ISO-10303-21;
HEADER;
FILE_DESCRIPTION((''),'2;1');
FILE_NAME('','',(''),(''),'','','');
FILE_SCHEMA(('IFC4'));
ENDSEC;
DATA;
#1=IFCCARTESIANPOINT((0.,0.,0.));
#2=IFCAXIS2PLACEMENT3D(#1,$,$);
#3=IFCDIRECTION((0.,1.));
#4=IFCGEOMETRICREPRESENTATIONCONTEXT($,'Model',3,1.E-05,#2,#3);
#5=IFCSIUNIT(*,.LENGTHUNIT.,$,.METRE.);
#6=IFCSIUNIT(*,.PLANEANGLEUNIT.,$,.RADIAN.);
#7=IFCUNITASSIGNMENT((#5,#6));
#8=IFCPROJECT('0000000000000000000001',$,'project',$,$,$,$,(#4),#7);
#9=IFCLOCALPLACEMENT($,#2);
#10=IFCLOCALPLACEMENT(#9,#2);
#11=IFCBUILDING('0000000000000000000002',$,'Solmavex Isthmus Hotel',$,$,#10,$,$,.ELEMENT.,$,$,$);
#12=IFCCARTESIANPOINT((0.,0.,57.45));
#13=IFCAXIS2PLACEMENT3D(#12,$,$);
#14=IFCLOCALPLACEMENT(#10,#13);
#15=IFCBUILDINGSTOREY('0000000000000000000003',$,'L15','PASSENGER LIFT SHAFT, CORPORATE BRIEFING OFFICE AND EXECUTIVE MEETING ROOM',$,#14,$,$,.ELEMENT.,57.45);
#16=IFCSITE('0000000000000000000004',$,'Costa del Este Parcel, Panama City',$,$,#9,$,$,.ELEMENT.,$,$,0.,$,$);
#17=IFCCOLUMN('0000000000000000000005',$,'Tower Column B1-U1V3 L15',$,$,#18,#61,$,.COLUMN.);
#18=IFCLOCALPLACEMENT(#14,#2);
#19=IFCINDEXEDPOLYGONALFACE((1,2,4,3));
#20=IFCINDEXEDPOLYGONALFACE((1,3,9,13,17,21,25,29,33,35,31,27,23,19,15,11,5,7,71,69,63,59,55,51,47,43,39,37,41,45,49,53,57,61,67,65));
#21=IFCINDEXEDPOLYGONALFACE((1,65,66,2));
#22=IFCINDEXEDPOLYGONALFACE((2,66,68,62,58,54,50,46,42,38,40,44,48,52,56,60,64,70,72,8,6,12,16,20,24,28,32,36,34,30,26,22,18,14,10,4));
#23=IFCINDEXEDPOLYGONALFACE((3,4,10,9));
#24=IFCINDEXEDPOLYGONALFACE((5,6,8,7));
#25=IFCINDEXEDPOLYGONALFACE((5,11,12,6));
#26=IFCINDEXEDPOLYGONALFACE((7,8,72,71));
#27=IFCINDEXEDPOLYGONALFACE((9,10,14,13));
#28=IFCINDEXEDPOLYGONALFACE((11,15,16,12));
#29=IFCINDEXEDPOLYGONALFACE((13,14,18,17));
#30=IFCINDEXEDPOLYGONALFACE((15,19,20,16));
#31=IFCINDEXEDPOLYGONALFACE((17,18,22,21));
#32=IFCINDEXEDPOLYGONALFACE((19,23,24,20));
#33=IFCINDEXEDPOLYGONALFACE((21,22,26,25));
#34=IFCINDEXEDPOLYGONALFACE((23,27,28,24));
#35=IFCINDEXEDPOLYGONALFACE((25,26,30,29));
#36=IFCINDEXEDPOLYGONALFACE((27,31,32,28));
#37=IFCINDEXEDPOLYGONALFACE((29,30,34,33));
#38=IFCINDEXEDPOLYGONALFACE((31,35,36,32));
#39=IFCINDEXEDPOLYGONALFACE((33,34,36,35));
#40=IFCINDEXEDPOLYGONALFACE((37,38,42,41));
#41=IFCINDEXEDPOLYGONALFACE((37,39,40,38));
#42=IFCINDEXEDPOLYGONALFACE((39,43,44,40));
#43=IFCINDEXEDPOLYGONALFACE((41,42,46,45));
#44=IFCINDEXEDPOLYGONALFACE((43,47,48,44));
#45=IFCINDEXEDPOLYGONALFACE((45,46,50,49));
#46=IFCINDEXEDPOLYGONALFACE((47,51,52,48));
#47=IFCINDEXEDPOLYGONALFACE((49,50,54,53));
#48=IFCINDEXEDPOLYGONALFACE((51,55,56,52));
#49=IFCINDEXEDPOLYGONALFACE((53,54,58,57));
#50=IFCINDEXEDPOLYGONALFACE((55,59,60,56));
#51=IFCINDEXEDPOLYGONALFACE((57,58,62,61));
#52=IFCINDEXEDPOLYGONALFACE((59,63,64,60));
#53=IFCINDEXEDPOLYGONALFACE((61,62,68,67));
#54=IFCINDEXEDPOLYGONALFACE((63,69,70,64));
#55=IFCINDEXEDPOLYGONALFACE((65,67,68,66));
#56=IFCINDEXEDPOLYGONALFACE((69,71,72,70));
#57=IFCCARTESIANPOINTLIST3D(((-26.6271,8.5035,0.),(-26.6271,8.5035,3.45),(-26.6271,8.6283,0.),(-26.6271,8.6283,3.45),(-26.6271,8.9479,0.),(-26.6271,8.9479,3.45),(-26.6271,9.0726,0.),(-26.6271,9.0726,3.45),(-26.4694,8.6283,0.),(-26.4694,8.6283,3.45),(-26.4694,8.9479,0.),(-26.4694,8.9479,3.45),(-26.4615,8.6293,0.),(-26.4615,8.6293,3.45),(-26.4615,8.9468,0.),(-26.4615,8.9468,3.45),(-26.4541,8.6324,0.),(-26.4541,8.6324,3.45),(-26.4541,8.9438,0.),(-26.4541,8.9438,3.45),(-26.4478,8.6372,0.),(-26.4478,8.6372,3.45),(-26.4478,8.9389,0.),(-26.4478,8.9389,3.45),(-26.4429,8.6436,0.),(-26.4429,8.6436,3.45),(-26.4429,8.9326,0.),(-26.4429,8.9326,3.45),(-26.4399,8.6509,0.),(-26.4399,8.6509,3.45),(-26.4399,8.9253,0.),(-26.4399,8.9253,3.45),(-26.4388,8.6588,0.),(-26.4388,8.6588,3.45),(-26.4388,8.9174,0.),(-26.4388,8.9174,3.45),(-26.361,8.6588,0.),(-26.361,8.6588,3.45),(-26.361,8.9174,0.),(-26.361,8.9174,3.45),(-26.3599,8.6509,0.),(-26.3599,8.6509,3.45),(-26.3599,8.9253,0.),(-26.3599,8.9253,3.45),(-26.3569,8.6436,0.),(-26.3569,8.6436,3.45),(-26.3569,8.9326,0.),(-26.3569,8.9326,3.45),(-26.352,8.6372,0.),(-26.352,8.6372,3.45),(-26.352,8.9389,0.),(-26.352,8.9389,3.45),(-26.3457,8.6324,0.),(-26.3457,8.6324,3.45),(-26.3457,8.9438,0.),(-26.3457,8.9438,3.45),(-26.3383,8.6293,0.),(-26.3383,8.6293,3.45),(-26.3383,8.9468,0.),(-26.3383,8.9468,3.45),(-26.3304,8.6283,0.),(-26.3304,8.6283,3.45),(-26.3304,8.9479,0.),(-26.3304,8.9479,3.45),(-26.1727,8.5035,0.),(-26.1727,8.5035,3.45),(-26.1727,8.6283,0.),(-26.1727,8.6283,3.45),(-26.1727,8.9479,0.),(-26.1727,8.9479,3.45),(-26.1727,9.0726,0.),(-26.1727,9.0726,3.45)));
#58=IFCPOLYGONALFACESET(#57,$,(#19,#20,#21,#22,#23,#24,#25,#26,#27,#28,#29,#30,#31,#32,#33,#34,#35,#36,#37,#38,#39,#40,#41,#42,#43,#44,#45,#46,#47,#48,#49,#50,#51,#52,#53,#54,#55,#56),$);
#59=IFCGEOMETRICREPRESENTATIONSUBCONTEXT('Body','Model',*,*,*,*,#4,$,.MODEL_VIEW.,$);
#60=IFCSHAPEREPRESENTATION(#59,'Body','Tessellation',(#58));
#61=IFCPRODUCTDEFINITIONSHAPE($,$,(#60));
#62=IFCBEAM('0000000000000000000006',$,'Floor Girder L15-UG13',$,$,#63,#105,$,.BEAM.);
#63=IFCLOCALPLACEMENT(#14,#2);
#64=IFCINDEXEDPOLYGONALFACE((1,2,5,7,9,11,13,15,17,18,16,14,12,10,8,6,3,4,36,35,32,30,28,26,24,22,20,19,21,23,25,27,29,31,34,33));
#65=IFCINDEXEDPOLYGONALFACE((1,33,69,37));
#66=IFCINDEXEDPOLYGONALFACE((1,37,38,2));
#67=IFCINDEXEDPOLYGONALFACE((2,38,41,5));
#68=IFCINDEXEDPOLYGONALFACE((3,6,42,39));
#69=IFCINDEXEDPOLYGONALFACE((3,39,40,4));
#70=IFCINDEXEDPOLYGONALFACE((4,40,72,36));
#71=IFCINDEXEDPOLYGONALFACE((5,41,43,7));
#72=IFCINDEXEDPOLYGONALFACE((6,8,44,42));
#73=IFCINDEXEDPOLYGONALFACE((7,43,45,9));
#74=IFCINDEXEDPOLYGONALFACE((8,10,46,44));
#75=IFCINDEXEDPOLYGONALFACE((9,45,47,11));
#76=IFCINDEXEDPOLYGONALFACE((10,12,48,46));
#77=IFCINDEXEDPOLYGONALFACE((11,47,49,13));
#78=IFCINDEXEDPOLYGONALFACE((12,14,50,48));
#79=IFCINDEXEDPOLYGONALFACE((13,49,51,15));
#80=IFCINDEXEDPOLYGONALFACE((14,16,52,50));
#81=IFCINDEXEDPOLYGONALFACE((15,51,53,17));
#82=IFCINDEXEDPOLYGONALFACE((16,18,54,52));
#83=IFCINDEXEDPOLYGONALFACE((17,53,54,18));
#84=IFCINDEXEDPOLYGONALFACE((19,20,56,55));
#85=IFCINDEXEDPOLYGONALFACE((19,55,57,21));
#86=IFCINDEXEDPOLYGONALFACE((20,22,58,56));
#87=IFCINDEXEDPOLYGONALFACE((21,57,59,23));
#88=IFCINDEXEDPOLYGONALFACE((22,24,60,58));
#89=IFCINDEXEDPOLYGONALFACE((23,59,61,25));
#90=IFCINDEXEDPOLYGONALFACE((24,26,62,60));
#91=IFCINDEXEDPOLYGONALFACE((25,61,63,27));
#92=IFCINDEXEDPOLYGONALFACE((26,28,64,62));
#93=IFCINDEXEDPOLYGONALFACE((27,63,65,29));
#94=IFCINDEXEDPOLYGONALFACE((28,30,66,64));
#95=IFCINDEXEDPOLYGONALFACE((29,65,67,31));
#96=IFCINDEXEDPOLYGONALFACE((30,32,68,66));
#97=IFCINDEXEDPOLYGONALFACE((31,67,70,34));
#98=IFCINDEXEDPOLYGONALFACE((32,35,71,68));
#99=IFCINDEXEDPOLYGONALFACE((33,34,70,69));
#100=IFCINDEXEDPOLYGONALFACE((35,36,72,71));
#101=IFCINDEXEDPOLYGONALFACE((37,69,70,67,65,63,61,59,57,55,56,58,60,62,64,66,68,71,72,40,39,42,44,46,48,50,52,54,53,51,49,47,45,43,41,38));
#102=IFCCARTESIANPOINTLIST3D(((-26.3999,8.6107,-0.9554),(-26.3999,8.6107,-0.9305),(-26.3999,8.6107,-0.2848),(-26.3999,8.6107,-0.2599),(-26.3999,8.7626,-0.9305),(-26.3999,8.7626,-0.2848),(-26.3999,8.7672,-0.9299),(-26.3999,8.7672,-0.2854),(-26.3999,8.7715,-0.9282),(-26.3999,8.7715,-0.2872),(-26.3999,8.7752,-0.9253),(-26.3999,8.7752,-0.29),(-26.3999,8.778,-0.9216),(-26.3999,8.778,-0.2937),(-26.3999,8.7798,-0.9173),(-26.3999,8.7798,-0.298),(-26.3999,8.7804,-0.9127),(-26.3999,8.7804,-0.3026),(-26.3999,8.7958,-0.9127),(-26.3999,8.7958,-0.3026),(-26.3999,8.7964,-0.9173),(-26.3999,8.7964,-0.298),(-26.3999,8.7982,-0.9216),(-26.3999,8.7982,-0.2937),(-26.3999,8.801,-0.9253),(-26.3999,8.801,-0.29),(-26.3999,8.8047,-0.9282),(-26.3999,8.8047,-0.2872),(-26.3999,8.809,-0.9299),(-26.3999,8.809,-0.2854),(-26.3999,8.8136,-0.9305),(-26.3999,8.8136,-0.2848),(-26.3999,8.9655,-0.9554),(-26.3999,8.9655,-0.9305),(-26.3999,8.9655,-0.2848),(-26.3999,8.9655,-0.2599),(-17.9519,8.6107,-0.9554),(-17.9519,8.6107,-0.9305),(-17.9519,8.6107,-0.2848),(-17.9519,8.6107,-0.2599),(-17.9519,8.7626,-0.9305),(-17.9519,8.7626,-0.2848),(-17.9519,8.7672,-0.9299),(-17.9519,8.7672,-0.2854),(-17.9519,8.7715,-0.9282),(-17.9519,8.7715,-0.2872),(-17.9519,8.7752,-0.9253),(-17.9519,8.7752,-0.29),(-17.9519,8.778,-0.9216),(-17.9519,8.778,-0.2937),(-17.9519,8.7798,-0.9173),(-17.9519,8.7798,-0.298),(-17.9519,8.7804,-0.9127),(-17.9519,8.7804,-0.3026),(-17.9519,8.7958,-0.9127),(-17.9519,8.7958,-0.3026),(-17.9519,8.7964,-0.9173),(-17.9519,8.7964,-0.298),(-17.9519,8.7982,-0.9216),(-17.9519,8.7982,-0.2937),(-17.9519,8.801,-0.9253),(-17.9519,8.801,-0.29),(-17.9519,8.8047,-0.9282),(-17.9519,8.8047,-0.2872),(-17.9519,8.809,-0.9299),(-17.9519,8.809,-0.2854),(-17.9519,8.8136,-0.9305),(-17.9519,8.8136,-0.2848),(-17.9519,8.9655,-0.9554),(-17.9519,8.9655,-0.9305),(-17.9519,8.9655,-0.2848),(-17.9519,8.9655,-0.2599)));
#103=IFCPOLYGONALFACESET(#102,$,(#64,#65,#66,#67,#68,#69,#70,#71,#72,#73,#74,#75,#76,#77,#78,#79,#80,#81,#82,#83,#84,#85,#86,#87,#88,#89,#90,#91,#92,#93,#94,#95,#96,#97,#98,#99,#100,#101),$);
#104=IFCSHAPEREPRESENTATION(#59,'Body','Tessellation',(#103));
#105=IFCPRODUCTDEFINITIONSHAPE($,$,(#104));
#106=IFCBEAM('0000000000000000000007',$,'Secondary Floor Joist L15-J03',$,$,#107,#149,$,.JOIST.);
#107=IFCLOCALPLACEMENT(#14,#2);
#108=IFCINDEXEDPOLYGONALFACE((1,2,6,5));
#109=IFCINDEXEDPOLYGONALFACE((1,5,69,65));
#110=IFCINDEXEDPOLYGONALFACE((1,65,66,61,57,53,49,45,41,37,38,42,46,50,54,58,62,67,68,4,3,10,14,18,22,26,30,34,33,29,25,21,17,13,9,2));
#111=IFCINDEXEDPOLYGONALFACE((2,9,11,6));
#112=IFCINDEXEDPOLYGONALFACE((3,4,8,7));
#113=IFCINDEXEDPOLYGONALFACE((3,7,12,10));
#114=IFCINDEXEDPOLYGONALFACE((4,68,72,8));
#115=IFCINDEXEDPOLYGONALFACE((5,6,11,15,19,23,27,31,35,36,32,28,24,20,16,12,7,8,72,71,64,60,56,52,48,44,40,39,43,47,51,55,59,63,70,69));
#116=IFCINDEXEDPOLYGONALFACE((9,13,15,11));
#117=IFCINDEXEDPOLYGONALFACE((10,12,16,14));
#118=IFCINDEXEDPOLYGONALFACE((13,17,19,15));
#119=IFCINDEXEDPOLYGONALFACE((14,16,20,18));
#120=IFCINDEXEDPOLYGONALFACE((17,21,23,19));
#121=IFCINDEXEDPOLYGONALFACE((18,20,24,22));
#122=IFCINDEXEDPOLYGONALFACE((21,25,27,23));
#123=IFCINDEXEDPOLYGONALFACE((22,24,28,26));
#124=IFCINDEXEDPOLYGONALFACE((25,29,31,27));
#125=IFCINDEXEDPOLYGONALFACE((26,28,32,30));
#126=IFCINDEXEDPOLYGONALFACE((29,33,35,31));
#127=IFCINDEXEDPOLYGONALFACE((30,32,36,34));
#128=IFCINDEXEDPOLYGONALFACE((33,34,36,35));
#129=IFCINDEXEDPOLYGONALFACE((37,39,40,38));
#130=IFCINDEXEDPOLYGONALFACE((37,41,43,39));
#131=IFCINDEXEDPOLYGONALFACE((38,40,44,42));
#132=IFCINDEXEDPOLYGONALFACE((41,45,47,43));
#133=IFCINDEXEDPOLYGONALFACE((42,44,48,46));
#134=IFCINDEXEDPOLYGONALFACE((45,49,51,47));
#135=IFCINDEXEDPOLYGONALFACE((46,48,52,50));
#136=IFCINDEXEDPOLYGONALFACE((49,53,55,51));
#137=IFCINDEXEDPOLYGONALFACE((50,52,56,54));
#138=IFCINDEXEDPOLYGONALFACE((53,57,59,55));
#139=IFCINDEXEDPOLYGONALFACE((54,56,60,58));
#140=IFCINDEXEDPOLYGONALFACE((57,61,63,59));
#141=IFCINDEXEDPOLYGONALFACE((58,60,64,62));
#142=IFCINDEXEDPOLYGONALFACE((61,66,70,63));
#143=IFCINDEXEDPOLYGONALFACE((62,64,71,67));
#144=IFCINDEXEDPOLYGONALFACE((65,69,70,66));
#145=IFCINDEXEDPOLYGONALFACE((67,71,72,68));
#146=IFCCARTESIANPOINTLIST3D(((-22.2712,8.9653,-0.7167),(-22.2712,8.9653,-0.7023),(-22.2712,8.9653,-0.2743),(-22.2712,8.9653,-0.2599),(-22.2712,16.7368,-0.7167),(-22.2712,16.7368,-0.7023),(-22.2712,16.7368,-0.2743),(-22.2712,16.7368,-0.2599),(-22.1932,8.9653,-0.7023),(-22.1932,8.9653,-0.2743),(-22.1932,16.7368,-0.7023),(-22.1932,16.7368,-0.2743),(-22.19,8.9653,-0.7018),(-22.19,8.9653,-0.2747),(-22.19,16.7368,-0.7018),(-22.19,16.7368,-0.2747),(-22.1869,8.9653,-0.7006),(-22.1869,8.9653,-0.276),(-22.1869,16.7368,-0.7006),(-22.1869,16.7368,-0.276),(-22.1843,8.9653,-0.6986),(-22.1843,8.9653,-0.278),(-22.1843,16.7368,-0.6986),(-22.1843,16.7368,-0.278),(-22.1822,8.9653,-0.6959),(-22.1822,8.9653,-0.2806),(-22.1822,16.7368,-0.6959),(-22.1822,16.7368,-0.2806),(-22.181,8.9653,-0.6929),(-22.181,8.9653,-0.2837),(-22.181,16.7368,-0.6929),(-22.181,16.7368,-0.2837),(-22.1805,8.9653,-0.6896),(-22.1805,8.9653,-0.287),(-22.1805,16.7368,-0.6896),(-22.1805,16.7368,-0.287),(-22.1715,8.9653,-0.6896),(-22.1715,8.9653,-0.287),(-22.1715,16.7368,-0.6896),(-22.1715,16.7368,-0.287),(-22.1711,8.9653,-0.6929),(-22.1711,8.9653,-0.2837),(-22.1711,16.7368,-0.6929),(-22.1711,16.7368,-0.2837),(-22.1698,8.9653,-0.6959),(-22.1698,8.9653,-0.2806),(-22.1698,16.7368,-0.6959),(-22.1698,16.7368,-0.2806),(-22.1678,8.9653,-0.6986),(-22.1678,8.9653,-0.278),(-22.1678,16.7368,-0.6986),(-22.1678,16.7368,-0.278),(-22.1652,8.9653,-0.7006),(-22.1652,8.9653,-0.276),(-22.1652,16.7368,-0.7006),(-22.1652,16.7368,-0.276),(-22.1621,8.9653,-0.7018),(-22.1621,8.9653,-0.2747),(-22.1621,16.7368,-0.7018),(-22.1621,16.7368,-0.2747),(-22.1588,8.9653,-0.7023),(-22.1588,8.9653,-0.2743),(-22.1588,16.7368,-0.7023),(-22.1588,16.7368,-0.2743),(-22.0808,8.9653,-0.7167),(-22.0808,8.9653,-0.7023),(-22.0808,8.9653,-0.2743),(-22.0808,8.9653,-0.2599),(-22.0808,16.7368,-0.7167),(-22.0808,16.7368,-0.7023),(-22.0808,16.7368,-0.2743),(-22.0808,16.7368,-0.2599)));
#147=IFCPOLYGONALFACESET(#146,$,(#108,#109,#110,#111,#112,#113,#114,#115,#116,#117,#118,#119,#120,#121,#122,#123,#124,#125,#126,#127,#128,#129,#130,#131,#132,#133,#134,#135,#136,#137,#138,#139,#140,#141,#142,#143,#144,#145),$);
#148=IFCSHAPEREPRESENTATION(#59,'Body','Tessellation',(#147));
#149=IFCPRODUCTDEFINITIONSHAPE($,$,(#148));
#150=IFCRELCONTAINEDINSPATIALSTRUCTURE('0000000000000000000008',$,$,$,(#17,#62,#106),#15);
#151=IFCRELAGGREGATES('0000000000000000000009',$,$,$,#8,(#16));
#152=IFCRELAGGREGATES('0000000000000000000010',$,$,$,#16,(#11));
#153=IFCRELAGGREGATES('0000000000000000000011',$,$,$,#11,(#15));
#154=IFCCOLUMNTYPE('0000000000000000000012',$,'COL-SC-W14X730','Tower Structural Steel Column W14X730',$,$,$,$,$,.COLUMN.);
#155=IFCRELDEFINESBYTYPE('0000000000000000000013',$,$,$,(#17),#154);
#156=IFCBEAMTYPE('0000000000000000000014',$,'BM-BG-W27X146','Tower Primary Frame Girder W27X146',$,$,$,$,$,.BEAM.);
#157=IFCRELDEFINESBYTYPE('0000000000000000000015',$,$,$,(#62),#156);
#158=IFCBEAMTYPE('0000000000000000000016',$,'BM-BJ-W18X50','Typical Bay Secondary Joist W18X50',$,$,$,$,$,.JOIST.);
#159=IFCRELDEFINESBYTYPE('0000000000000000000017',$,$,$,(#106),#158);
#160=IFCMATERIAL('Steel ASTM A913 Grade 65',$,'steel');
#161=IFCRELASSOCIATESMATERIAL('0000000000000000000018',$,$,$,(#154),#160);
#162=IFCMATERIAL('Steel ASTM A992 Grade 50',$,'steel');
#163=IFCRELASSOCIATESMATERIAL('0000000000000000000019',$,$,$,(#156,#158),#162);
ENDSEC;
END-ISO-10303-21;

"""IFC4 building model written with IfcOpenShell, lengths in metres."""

from ifc_helpers import new_model, si_unit, direction, frame, origin, origin_2d, place, context, subcontext, project, spatial, i_section, extrude, material, material_profile, profile_set, type_object, element, save


model = new_model("IFC4")

# Units and contexts
model_context = context("Model", 3, precision=1e-05, world=origin(), true_north=direction((0.0, 1.0)))
body_context = subcontext(model_context, "Body", "Model", "MODEL_VIEW")
ifc_project = project(units=[si_unit("LENGTHUNIT", "METRE"), si_unit("PLANEANGLEUNIT", "RADIAN")], contexts=[model_context])

# Site, building, storey
site_placement = place(None, origin())
site = spatial("IfcSite", under=ifc_project, at=site_placement, Name="Costa del Este Parcel, Panama City", CompositionType="ELEMENT", RefElevation=0.0)
building_placement = place(site_placement, origin())
building = spatial("IfcBuilding", under=site, at=building_placement, Name="Solmavex Isthmus Hotel", CompositionType="ELEMENT")
storey_placement = place(building_placement, frame((0.0, 0.0, 57.45)))
storey = spatial("IfcBuildingStorey", under=building, at=storey_placement, Name="L15", Description="PASSENGER LIFT SHAFT, CORPORATE BRIEFING OFFICE AND EXECUTIVE MEETING ROOM", CompositionType="ELEMENT", Elevation=57.45)

# Column
ifc_material_1 = material(Name="Steel ASTM A913 Grade 65", Category="steel")
ifc_material_profile_1 = material_profile(ifc_material_1, i_section(OverallWidth=0.4543, OverallDepth=0.5691, WebThickness=0.0779, FlangeThickness=0.1248, FilletRadius=0.0305, at=origin_2d()), Name="W14X730")
ifc_profile_set_1 = profile_set([ifc_material_profile_1], Name="Steel ASTM A913 Grade 65")
column_type = type_object("IfcColumnType", Name="COL-SC-W14X730", Description="Tower Structural Steel Column W14X730", PredefinedType="COLUMN", material=ifc_profile_set_1)
column_placement = place(storey_placement, frame((-26.3999, 8.7881, 0.0), z_axis=(0.0, 0.0, 1.0), x_axis=(1.0, 0.0, 0.0)))
element("IfcColumn", 1, at=column_placement, inside=storey, type_object=column_type, Name="Tower Column B1-U1V3 L15", PredefinedType="COLUMN", context=body_context, shape_type="SweptSolid", body=[
    extrude(i_section(OverallWidth=0.4543, OverallDepth=0.5691, WebThickness=0.0779, FlangeThickness=0.1248, FilletRadius=0.0305, at=origin_2d()), origin(), (0.0, 0.0, 1.0), 3.45),
])

# Beams
ifc_material_2 = material(Name="Steel ASTM A992 Grade 50", Category="steel")
ifc_material_profile_2 = material_profile(ifc_material_2, i_section(OverallWidth=0.3547, OverallDepth=0.6956, WebThickness=0.0154, FlangeThickness=0.0249, FilletRadius=0.0178, at=origin_2d()), Name="W27X146")
ifc_profile_set_2 = profile_set([ifc_material_profile_2], Name="Steel ASTM A992 Grade 50")
beam_type_1 = type_object("IfcBeamType", Name="BM-BG-W27X146", Description="Tower Primary Frame Girder W27X146", PredefinedType="BEAM", material=ifc_profile_set_2)
beam_1_placement = place(storey_placement, frame((-26.3999, 8.7881, -0.6077), z_axis=(1.0, 0.0, 0.0), x_axis=(0.0, 1.0, 0.0)))
element("IfcBeam", 2, at=beam_1_placement, inside=storey, type_object=beam_type_1, Name="Floor Girder L15-UG13", PredefinedType="BEAM", context=body_context, shape_type="SweptSolid", body=[
    extrude(i_section(OverallWidth=0.3547, OverallDepth=0.6956, WebThickness=0.0154, FlangeThickness=0.0249, FilletRadius=0.0178, at=origin_2d()), origin(), (0.0, 0.0, 1.0), 8.448),
])
ifc_material_profile_3 = material_profile(ifc_material_2, i_section(OverallWidth=0.1904, OverallDepth=0.4568, WebThickness=0.009, FlangeThickness=0.0144, FilletRadius=0.0127, at=origin_2d()), Name="W18X50")
ifc_profile_set_3 = profile_set([ifc_material_profile_3], Name="Steel ASTM A992 Grade 50")
beam_type_2 = type_object("IfcBeamType", Name="BM-BJ-W18X50", Description="Typical Bay Secondary Joist W18X50", PredefinedType="JOIST", material=ifc_profile_set_3)
beam_2_placement = place(storey_placement, frame((-22.176, 8.9653, -0.4883), z_axis=(0.0, 1.0, 0.0), x_axis=(-1.0, 0.0, 0.0)))
element("IfcBeam", 3, at=beam_2_placement, inside=storey, type_object=beam_type_2, Name="Secondary Floor Joist L15-J03", PredefinedType="JOIST", context=body_context, shape_type="SweptSolid", body=[
    extrude(i_section(OverallWidth=0.1904, OverallDepth=0.4568, WebThickness=0.009, FlangeThickness=0.0144, FilletRadius=0.0127, at=origin_2d()), origin(), (0.0, 0.0, 1.0), 7.7715),
])

save(model, "model.ifc")
